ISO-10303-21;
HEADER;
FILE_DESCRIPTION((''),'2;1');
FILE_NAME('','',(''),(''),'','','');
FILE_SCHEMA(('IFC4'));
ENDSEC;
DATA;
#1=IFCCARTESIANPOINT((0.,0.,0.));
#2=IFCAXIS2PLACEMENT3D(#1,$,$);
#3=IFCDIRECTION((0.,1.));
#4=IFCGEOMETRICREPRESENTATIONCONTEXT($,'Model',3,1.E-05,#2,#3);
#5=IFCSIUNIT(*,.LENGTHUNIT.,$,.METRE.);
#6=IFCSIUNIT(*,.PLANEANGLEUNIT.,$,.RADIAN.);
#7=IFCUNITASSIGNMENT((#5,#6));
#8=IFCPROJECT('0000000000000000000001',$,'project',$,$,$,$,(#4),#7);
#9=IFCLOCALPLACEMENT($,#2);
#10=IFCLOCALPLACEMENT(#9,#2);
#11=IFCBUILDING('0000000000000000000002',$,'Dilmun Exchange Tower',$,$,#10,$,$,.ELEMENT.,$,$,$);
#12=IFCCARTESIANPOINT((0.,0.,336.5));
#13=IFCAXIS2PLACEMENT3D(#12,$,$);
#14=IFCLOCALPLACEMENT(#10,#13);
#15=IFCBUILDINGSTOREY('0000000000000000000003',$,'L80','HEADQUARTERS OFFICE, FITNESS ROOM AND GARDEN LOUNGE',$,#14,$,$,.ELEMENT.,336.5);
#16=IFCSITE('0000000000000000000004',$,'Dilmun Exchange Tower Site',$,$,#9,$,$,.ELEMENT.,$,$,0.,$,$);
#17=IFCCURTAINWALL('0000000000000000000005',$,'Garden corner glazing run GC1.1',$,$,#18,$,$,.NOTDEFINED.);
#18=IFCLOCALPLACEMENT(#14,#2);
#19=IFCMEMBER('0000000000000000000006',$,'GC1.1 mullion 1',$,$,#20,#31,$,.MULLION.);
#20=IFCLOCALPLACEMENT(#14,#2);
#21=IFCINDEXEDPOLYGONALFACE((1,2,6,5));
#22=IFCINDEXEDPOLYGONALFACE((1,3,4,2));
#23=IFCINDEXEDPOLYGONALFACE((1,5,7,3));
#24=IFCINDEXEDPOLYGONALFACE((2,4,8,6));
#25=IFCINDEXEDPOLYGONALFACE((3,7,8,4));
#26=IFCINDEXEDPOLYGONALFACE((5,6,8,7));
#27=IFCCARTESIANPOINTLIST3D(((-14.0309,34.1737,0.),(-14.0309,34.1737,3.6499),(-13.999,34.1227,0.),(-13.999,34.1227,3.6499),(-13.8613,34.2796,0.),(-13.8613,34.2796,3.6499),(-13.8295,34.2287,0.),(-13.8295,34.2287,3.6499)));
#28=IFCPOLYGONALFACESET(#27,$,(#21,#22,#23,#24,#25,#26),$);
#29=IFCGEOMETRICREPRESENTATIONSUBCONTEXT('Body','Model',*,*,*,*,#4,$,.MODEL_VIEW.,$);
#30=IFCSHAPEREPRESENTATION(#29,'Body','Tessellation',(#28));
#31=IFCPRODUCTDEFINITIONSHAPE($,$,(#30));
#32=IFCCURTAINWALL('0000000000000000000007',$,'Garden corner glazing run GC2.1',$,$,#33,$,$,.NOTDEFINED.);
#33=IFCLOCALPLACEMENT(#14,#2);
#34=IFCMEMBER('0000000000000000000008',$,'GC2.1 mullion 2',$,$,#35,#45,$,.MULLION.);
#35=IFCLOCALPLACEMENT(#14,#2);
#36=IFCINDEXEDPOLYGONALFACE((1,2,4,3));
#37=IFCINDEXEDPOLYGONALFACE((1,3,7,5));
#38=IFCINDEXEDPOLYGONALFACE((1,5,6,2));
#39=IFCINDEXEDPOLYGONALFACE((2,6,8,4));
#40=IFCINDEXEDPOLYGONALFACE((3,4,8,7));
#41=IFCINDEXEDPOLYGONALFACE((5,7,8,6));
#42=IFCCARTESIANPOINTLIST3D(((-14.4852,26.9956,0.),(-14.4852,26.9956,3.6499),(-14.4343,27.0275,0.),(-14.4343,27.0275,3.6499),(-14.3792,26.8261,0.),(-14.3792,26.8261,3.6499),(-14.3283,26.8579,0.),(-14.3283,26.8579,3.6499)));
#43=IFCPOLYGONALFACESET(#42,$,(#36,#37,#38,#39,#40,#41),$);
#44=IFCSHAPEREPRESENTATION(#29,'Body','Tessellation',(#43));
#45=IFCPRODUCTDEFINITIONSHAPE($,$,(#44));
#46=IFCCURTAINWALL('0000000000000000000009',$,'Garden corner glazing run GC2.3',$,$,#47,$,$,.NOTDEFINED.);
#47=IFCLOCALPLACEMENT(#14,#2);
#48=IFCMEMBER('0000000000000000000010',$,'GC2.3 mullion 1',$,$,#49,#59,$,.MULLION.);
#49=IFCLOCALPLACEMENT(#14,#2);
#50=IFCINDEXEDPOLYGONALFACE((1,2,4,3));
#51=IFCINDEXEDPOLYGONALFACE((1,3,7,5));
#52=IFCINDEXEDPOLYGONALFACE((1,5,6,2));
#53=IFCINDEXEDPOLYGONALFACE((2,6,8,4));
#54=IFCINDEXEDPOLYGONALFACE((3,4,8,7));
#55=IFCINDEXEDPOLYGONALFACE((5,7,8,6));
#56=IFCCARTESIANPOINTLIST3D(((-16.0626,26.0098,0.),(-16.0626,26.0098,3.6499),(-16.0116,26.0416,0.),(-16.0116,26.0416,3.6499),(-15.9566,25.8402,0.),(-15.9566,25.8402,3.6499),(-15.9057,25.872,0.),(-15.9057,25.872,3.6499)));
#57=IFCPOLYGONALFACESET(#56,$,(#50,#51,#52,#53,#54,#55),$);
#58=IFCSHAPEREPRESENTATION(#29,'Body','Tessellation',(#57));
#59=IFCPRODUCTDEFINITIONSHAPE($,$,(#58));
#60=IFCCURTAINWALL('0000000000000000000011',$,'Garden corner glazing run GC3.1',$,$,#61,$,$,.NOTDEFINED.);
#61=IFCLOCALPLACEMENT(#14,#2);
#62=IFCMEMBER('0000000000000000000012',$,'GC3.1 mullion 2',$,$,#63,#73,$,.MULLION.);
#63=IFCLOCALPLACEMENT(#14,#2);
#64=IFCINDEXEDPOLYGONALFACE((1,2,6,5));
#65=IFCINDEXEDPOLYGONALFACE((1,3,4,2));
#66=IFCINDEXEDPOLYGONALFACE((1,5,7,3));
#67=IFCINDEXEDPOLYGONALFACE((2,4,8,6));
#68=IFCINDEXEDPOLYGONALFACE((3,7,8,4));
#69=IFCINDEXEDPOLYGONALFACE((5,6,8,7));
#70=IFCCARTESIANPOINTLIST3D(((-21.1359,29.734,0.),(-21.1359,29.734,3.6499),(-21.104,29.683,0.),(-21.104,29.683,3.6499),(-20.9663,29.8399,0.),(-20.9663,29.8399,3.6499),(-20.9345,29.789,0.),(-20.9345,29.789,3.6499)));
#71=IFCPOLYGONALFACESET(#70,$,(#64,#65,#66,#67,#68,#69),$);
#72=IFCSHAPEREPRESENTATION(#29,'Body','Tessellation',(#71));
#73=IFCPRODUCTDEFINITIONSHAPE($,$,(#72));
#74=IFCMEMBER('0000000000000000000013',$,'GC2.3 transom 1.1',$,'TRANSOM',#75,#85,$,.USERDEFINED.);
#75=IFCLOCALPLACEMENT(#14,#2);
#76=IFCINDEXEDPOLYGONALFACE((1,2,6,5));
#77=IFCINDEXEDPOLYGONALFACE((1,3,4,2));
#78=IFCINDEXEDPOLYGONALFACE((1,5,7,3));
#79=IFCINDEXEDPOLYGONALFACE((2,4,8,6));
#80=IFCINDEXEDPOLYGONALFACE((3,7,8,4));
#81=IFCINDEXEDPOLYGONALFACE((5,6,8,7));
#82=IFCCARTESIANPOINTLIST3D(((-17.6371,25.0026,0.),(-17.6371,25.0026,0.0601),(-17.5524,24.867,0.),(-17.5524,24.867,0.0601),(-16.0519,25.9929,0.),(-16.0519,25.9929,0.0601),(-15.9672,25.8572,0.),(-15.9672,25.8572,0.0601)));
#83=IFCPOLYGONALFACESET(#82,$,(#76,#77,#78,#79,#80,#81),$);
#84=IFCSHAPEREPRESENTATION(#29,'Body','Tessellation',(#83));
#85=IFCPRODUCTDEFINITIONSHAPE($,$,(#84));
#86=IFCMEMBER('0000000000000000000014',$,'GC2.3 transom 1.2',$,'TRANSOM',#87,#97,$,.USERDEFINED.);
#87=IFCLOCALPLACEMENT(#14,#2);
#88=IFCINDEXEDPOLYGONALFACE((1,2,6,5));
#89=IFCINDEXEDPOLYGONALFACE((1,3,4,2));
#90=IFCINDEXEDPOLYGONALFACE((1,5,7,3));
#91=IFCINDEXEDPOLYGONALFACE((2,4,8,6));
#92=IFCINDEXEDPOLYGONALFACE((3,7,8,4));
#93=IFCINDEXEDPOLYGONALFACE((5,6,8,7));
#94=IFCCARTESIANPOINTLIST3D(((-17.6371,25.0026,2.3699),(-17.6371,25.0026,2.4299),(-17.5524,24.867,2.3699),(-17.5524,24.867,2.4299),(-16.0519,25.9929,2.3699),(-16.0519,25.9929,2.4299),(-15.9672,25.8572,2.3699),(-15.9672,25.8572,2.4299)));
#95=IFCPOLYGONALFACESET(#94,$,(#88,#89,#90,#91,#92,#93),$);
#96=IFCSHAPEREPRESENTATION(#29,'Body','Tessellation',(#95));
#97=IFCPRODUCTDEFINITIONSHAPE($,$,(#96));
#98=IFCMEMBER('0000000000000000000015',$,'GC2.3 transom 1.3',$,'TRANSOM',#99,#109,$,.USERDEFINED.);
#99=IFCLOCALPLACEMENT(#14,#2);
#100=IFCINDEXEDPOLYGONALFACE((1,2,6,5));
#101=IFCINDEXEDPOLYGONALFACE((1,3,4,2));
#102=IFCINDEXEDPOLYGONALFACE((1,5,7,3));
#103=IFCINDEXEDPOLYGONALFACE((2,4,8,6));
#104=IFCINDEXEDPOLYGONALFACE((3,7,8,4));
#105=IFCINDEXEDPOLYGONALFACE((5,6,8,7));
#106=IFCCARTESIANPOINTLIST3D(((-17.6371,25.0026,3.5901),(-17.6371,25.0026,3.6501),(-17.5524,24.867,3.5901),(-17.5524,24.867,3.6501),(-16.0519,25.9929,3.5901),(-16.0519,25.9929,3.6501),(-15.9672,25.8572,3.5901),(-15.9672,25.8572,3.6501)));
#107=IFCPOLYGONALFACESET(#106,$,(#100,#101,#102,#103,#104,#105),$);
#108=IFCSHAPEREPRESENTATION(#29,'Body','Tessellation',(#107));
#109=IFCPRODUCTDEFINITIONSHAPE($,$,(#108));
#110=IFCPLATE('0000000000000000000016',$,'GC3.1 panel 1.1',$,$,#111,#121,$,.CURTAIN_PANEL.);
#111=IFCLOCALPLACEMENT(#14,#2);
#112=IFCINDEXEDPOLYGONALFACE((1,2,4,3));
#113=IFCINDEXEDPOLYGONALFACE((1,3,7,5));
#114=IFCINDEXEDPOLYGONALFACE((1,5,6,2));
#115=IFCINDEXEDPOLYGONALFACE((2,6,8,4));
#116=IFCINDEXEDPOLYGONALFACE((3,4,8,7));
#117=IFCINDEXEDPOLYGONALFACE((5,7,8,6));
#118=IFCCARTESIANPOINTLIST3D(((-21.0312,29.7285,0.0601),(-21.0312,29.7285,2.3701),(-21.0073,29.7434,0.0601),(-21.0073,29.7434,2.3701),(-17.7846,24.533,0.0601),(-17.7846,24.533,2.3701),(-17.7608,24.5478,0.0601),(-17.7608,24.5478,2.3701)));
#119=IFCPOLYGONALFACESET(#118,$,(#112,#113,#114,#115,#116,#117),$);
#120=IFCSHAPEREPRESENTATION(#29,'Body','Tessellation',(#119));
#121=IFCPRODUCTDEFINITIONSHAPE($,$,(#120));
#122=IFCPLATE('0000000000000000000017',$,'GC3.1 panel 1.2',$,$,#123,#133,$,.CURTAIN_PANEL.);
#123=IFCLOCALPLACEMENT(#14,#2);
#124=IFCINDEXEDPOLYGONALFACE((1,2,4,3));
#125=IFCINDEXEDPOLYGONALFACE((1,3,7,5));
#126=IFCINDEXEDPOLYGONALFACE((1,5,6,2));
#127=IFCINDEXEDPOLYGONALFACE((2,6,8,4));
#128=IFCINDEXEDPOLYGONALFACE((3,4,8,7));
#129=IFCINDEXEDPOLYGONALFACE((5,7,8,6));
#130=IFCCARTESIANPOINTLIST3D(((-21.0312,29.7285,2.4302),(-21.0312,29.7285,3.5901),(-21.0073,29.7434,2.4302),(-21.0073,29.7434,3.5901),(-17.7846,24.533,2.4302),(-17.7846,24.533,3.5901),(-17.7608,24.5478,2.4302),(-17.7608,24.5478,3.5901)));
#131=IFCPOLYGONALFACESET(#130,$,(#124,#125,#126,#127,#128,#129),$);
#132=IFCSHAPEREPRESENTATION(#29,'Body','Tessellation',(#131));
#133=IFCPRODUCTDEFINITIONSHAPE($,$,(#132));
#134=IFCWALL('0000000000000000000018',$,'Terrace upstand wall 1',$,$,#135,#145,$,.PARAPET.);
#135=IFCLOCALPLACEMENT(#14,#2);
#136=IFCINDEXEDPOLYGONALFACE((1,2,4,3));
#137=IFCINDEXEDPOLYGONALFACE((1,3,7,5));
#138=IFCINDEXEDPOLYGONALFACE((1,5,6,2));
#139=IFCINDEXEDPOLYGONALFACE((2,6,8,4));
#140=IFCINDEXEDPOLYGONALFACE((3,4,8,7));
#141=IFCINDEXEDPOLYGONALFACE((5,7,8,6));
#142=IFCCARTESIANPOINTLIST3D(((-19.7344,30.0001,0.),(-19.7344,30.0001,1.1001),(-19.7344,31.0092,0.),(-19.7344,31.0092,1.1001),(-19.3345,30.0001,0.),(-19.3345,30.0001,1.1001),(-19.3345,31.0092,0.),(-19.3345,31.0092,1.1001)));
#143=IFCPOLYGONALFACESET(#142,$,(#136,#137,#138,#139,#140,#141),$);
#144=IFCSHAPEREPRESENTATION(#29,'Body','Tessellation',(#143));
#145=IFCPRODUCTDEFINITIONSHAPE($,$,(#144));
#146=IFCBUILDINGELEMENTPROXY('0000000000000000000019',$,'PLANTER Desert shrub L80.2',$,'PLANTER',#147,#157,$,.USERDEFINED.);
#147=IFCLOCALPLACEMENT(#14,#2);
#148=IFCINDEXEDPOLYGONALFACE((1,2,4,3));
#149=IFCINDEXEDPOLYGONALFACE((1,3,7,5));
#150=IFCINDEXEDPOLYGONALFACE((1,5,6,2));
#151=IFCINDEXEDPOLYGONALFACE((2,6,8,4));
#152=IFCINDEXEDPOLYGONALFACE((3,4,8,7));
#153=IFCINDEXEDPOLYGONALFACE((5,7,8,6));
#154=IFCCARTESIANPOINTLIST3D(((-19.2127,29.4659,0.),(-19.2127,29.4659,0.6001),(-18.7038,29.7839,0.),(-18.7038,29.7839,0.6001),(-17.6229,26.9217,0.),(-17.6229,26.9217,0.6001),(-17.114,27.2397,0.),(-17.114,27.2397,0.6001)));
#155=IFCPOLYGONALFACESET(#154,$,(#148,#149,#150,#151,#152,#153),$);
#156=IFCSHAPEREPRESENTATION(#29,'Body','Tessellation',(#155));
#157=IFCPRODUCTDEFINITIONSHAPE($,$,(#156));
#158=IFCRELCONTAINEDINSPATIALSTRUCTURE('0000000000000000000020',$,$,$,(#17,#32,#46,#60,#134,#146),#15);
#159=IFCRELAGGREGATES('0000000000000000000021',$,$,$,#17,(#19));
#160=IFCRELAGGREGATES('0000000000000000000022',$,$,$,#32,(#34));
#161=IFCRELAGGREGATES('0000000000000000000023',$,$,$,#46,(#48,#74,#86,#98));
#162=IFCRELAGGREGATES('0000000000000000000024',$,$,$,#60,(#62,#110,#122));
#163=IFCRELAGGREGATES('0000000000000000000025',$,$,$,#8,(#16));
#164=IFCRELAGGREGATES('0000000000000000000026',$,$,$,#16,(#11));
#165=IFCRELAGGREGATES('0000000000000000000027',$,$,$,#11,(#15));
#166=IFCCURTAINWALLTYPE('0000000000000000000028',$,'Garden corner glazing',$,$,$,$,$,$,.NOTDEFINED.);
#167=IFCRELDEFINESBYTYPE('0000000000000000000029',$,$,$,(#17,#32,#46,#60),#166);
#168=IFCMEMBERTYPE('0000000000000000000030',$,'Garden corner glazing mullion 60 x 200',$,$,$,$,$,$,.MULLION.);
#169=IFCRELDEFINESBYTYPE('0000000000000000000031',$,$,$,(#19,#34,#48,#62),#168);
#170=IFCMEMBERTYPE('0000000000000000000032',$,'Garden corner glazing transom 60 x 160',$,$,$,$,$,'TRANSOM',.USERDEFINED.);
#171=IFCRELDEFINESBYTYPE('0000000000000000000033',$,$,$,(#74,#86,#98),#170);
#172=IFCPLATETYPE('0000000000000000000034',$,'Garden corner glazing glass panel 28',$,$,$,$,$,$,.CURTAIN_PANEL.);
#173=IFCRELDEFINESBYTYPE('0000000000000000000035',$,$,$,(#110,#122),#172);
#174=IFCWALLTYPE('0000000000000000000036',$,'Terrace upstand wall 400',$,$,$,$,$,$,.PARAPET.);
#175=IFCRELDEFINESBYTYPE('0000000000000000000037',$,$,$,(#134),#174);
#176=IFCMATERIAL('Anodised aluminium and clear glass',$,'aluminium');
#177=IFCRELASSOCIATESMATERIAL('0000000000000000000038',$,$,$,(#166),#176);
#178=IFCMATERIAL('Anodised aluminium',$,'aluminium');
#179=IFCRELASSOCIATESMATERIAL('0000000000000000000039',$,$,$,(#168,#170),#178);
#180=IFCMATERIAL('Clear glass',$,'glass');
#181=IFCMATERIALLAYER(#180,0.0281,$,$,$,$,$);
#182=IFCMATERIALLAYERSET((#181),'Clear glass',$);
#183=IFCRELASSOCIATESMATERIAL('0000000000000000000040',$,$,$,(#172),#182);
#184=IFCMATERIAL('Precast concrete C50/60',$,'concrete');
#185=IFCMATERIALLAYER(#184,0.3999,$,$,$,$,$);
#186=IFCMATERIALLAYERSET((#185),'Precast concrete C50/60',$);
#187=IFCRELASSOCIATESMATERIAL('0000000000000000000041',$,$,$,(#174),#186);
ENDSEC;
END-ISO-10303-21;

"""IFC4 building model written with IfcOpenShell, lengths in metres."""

from ifc_helpers import new_model, si_unit, direction, frame, frame_2d, origin, origin_2d, place, context, subcontext, project, spatial, rectangle, extrude, material, layer, layer_set, material_profile, profile_set, type_object, element, aggregate, save


model = new_model("IFC4")

# Units and contexts
model_context = context("Model", 3, precision=1e-05, world=origin(), true_north=direction((0.0, 1.0)))
body_context = subcontext(model_context, "Body", "Model", "MODEL_VIEW")
ifc_project = project(units=[si_unit("LENGTHUNIT", "METRE"), si_unit("PLANEANGLEUNIT", "RADIAN")], contexts=[model_context])

# Site, building, storey
site_placement = place(None, origin())
site = spatial("IfcSite", under=ifc_project, at=site_placement, Name="Dilmun Exchange Tower Site", CompositionType="ELEMENT", RefElevation=0.0)
building_placement = place(site_placement, origin())
building = spatial("IfcBuilding", under=site, at=building_placement, Name="Dilmun Exchange Tower", CompositionType="ELEMENT")
storey_placement = place(building_placement, frame((0.0, 0.0, 336.5)))
storey = spatial("IfcBuildingStorey", under=building, at=storey_placement, Name="L80", Description="HEADQUARTERS OFFICE, FITNESS ROOM AND GARDEN LOUNGE", CompositionType="ELEMENT", Elevation=336.5)

# Curtain walls, members
ifc_material_1 = material(Name="Anodised aluminium and clear glass", Category="aluminium")
curtain_wall_type = type_object("IfcCurtainWallType", Name="Garden corner glazing", PredefinedType="NOTDEFINED", material=ifc_material_1)
curtain_wall_1_placement = place(storey_placement, origin())
curtain_wall_1 = element("IfcCurtainWall", 1, at=curtain_wall_1_placement, inside=storey, type_object=curtain_wall_type, Name="Garden corner glazing run GC1.1", PredefinedType="NOTDEFINED")
ifc_material_2 = material(Name="Anodised aluminium", Category="aluminium")
ifc_material_profile_1 = material_profile(ifc_material_2, rectangle(XDim=0.2, YDim=0.0601, at=origin_2d()), Name="AL 60x200")
ifc_profile_set_1 = profile_set([ifc_material_profile_1], Name="Anodised aluminium")
member_type_1 = type_object("IfcMemberType", Name="Garden corner glazing mullion 60 x 200", PredefinedType="MULLION", material=ifc_profile_set_1)
member_1_placement = place(storey_placement, frame((-13.9302, 34.2012, 0.0), z_axis=(0.0, 0.0, 1.0), x_axis=(0.84805, 0.529917, 0.0)))
member_1 = element("IfcMember", 2, at=member_1_placement, type_object=member_type_1, Name="GC1.1 mullion 1", PredefinedType="MULLION", context=body_context, shape_type="SweptSolid", body=[
    extrude(rectangle(XDim=0.2, YDim=0.0601, at=origin_2d()), origin(), (0.0, 0.0, 1.0), 3.6499),
])
aggregate(curtain_wall_1, [member_1])
curtain_wall_2_placement = place(storey_placement, origin())
curtain_wall_2 = element("IfcCurtainWall", 3, at=curtain_wall_2_placement, inside=storey, type_object=curtain_wall_type, Name="Garden corner glazing run GC2.1", PredefinedType="NOTDEFINED")
member_2_placement = place(storey_placement, frame((-14.4067, 26.9268, 0.0), z_axis=(0.0, 0.0, 1.0), x_axis=(0.529925, -0.848045, 0.0)))
member_2 = element("IfcMember", 4, at=member_2_placement, type_object=member_type_1, Name="GC2.1 mullion 2", PredefinedType="MULLION", context=body_context, shape_type="SweptSolid", body=[
    extrude(rectangle(XDim=0.2, YDim=0.0601, at=origin_2d()), origin(), (0.0, 0.0, 1.0), 3.6499),
])
aggregate(curtain_wall_2, [member_2])
curtain_wall_3_placement = place(storey_placement, origin())
curtain_wall_3 = element("IfcCurtainWall", 5, at=curtain_wall_3_placement, inside=storey, type_object=curtain_wall_type, Name="Garden corner glazing run GC2.3", PredefinedType="NOTDEFINED")
member_3_placement = place(storey_placement, frame((-15.9841, 25.9409, 0.0), z_axis=(0.0, 0.0, 1.0), x_axis=(0.529886, -0.848069, 0.0)))
member_3 = element("IfcMember", 6, at=member_3_placement, type_object=member_type_1, Name="GC2.3 mullion 1", PredefinedType="MULLION", context=body_context, shape_type="SweptSolid", body=[
    extrude(rectangle(XDim=0.2, YDim=0.0601, at=origin_2d()), origin(), (0.0, 0.0, 1.0), 3.6499),
])
curtain_wall_4_placement = place(storey_placement, origin())
curtain_wall_4 = element("IfcCurtainWall", 7, at=curtain_wall_4_placement, inside=storey, type_object=curtain_wall_type, Name="Garden corner glazing run GC3.1", PredefinedType="NOTDEFINED")
member_4_placement = place(storey_placement, frame((-21.0352, 29.7615, 0.0), z_axis=(0.0, 0.0, 1.0), x_axis=(-0.84805, -0.529917, 0.0)))
member_4 = element("IfcMember", 8, at=member_4_placement, type_object=member_type_1, Name="GC3.1 mullion 2", PredefinedType="MULLION", context=body_context, shape_type="SweptSolid", body=[
    extrude(rectangle(XDim=0.2, YDim=0.0601, at=origin_2d()), origin(), (0.0, 0.0, 1.0), 3.6499),
])

# Members
ifc_material_profile_2 = material_profile(ifc_material_2, rectangle(XDim=0.1599, YDim=0.0601, at=origin_2d()), Name="AL 60x160")
ifc_profile_set_2 = profile_set([ifc_material_profile_2], Name="Anodised aluminium")
member_type_2 = type_object("IfcMemberType", Name="Garden corner glazing transom 60 x 160", ElementType="TRANSOM", PredefinedType="USERDEFINED", material=ifc_profile_set_2)
member_5_placement = place(storey_placement, frame((-16.0095, 25.925, 0.03), z_axis=(-0.848123, -0.529799, 0.0), x_axis=(0.529799, -0.848123, 0.0)))
member_5 = element("IfcMember", 9, at=member_5_placement, type_object=member_type_2, Name="GC2.3 transom 1.1", ObjectType="TRANSOM", PredefinedType="USERDEFINED", context=body_context, shape_type="SweptSolid", body=[
    extrude(rectangle(XDim=0.1599, YDim=0.0601, at=origin_2d()), origin(), (0.0, 0.0, 1.0), 1.8691),
])
member_6_placement = place(storey_placement, frame((-16.0095, 25.925, 2.3999), z_axis=(-0.848123, -0.529799, 0.0), x_axis=(0.529799, -0.848123, 0.0)))
member_6 = element("IfcMember", 10, at=member_6_placement, type_object=member_type_2, Name="GC2.3 transom 1.2", ObjectType="TRANSOM", PredefinedType="USERDEFINED", context=body_context, shape_type="SweptSolid", body=[
    extrude(rectangle(XDim=0.1599, YDim=0.0601, at=origin_2d()), origin(), (0.0, 0.0, 1.0), 1.8691),
])
member_7_placement = place(storey_placement, frame((-16.0095, 25.925, 3.6201), z_axis=(-0.848123, -0.529799, 0.0), x_axis=(0.529799, -0.848123, 0.0)))
member_7 = element("IfcMember", 11, at=member_7_placement, type_object=member_type_2, Name="GC2.3 transom 1.3", ObjectType="TRANSOM", PredefinedType="USERDEFINED", context=body_context, shape_type="SweptSolid", body=[
    extrude(rectangle(XDim=0.1599, YDim=0.0601, at=origin_2d()), origin(), (0.0, 0.0, 1.0), 1.8691),
])
aggregate(curtain_wall_3, [member_3, member_5, member_6, member_7])

# Plates
ifc_material_3 = material(Name="Clear glass", Category="glass")
ifc_layer_1 = layer(ifc_material_3, 0.0281)
ifc_layer_set_1 = layer_set([ifc_layer_1], Name="Clear glass")
plate_type = type_object("IfcPlateType", Name="Garden corner glazing glass panel 28", PredefinedType="CURTAIN_PANEL", material=ifc_layer_set_1)
plate_1_placement = place(storey_placement, frame((-19.396, 27.1382, 0.0601), z_axis=(0.0, 0.0, 1.0), x_axis=(-0.529917, 0.84805, 0.0)))
plate_1 = element("IfcPlate", 12, at=plate_1_placement, type_object=plate_type, Name="GC3.1 panel 1.1", PredefinedType="CURTAIN_PANEL", context=body_context, shape_type="SweptSolid", body=[
    extrude(rectangle(XDim=6.1265, YDim=0.0281, at=origin_2d()), origin(), (0.0, 0.0, 1.0), 2.3101),
])
plate_2_placement = place(storey_placement, frame((-19.396, 27.1382, 2.4302), z_axis=(0.0, 0.0, 1.0), x_axis=(-0.529917, 0.84805, 0.0)))
plate_2 = element("IfcPlate", 13, at=plate_2_placement, type_object=plate_type, Name="GC3.1 panel 1.2", PredefinedType="CURTAIN_PANEL", context=body_context, shape_type="SweptSolid", body=[
    extrude(rectangle(XDim=6.1265, YDim=0.0281, at=origin_2d()), origin(), (0.0, 0.0, 1.0), 1.1599),
])
aggregate(curtain_wall_4, [member_4, plate_1, plate_2])

# Shared definitions
ifc_material_4 = material(Name="Precast concrete C50/60", Category="concrete")

# Wall
ifc_layer_2 = layer(ifc_material_4, 0.3999)
ifc_layer_set_2 = layer_set([ifc_layer_2], Name="Precast concrete C50/60")
wall_type_1 = type_object("IfcWallType", Name="Terrace upstand wall 400", PredefinedType="PARAPET", material=ifc_layer_set_2)
wall_1_placement = place(storey_placement, frame((-19.5344, 31.009, 0.0), z_axis=(0.0, 0.0, 1.0), x_axis=(0.0, -1.0, 0.0)))
element("IfcWall", 14, at=wall_1_placement, inside=storey, type_object=wall_type_1, Name="Terrace upstand wall 1", PredefinedType="PARAPET", context=body_context, shape_type="SweptSolid", body=[
    extrude(rectangle(XDim=1.009, YDim=0.3999, at=frame_2d((0.5044, 0.0))), origin(), (0.0, 0.0, 1.0), 1.1001),
])

# Building element proxy
proxy_placement = place(storey_placement, frame((-18.1633, 28.3528, 0.0), z_axis=(0.0, 0.0, 1.0), x_axis=(-0.529919, 0.848048, 0.0)))
element("IfcBuildingElementProxy", 15, at=proxy_placement, inside=storey, Name="PLANTER Desert shrub L80.2", ObjectType="PLANTER", PredefinedType="USERDEFINED", context=body_context, shape_type="SweptSolid", body=[
    extrude(rectangle(XDim=3.0, YDim=0.6001, at=origin_2d()), origin(), (0.0, 0.0, 1.0), 0.6001),
])

save(model, "model.ifc")
